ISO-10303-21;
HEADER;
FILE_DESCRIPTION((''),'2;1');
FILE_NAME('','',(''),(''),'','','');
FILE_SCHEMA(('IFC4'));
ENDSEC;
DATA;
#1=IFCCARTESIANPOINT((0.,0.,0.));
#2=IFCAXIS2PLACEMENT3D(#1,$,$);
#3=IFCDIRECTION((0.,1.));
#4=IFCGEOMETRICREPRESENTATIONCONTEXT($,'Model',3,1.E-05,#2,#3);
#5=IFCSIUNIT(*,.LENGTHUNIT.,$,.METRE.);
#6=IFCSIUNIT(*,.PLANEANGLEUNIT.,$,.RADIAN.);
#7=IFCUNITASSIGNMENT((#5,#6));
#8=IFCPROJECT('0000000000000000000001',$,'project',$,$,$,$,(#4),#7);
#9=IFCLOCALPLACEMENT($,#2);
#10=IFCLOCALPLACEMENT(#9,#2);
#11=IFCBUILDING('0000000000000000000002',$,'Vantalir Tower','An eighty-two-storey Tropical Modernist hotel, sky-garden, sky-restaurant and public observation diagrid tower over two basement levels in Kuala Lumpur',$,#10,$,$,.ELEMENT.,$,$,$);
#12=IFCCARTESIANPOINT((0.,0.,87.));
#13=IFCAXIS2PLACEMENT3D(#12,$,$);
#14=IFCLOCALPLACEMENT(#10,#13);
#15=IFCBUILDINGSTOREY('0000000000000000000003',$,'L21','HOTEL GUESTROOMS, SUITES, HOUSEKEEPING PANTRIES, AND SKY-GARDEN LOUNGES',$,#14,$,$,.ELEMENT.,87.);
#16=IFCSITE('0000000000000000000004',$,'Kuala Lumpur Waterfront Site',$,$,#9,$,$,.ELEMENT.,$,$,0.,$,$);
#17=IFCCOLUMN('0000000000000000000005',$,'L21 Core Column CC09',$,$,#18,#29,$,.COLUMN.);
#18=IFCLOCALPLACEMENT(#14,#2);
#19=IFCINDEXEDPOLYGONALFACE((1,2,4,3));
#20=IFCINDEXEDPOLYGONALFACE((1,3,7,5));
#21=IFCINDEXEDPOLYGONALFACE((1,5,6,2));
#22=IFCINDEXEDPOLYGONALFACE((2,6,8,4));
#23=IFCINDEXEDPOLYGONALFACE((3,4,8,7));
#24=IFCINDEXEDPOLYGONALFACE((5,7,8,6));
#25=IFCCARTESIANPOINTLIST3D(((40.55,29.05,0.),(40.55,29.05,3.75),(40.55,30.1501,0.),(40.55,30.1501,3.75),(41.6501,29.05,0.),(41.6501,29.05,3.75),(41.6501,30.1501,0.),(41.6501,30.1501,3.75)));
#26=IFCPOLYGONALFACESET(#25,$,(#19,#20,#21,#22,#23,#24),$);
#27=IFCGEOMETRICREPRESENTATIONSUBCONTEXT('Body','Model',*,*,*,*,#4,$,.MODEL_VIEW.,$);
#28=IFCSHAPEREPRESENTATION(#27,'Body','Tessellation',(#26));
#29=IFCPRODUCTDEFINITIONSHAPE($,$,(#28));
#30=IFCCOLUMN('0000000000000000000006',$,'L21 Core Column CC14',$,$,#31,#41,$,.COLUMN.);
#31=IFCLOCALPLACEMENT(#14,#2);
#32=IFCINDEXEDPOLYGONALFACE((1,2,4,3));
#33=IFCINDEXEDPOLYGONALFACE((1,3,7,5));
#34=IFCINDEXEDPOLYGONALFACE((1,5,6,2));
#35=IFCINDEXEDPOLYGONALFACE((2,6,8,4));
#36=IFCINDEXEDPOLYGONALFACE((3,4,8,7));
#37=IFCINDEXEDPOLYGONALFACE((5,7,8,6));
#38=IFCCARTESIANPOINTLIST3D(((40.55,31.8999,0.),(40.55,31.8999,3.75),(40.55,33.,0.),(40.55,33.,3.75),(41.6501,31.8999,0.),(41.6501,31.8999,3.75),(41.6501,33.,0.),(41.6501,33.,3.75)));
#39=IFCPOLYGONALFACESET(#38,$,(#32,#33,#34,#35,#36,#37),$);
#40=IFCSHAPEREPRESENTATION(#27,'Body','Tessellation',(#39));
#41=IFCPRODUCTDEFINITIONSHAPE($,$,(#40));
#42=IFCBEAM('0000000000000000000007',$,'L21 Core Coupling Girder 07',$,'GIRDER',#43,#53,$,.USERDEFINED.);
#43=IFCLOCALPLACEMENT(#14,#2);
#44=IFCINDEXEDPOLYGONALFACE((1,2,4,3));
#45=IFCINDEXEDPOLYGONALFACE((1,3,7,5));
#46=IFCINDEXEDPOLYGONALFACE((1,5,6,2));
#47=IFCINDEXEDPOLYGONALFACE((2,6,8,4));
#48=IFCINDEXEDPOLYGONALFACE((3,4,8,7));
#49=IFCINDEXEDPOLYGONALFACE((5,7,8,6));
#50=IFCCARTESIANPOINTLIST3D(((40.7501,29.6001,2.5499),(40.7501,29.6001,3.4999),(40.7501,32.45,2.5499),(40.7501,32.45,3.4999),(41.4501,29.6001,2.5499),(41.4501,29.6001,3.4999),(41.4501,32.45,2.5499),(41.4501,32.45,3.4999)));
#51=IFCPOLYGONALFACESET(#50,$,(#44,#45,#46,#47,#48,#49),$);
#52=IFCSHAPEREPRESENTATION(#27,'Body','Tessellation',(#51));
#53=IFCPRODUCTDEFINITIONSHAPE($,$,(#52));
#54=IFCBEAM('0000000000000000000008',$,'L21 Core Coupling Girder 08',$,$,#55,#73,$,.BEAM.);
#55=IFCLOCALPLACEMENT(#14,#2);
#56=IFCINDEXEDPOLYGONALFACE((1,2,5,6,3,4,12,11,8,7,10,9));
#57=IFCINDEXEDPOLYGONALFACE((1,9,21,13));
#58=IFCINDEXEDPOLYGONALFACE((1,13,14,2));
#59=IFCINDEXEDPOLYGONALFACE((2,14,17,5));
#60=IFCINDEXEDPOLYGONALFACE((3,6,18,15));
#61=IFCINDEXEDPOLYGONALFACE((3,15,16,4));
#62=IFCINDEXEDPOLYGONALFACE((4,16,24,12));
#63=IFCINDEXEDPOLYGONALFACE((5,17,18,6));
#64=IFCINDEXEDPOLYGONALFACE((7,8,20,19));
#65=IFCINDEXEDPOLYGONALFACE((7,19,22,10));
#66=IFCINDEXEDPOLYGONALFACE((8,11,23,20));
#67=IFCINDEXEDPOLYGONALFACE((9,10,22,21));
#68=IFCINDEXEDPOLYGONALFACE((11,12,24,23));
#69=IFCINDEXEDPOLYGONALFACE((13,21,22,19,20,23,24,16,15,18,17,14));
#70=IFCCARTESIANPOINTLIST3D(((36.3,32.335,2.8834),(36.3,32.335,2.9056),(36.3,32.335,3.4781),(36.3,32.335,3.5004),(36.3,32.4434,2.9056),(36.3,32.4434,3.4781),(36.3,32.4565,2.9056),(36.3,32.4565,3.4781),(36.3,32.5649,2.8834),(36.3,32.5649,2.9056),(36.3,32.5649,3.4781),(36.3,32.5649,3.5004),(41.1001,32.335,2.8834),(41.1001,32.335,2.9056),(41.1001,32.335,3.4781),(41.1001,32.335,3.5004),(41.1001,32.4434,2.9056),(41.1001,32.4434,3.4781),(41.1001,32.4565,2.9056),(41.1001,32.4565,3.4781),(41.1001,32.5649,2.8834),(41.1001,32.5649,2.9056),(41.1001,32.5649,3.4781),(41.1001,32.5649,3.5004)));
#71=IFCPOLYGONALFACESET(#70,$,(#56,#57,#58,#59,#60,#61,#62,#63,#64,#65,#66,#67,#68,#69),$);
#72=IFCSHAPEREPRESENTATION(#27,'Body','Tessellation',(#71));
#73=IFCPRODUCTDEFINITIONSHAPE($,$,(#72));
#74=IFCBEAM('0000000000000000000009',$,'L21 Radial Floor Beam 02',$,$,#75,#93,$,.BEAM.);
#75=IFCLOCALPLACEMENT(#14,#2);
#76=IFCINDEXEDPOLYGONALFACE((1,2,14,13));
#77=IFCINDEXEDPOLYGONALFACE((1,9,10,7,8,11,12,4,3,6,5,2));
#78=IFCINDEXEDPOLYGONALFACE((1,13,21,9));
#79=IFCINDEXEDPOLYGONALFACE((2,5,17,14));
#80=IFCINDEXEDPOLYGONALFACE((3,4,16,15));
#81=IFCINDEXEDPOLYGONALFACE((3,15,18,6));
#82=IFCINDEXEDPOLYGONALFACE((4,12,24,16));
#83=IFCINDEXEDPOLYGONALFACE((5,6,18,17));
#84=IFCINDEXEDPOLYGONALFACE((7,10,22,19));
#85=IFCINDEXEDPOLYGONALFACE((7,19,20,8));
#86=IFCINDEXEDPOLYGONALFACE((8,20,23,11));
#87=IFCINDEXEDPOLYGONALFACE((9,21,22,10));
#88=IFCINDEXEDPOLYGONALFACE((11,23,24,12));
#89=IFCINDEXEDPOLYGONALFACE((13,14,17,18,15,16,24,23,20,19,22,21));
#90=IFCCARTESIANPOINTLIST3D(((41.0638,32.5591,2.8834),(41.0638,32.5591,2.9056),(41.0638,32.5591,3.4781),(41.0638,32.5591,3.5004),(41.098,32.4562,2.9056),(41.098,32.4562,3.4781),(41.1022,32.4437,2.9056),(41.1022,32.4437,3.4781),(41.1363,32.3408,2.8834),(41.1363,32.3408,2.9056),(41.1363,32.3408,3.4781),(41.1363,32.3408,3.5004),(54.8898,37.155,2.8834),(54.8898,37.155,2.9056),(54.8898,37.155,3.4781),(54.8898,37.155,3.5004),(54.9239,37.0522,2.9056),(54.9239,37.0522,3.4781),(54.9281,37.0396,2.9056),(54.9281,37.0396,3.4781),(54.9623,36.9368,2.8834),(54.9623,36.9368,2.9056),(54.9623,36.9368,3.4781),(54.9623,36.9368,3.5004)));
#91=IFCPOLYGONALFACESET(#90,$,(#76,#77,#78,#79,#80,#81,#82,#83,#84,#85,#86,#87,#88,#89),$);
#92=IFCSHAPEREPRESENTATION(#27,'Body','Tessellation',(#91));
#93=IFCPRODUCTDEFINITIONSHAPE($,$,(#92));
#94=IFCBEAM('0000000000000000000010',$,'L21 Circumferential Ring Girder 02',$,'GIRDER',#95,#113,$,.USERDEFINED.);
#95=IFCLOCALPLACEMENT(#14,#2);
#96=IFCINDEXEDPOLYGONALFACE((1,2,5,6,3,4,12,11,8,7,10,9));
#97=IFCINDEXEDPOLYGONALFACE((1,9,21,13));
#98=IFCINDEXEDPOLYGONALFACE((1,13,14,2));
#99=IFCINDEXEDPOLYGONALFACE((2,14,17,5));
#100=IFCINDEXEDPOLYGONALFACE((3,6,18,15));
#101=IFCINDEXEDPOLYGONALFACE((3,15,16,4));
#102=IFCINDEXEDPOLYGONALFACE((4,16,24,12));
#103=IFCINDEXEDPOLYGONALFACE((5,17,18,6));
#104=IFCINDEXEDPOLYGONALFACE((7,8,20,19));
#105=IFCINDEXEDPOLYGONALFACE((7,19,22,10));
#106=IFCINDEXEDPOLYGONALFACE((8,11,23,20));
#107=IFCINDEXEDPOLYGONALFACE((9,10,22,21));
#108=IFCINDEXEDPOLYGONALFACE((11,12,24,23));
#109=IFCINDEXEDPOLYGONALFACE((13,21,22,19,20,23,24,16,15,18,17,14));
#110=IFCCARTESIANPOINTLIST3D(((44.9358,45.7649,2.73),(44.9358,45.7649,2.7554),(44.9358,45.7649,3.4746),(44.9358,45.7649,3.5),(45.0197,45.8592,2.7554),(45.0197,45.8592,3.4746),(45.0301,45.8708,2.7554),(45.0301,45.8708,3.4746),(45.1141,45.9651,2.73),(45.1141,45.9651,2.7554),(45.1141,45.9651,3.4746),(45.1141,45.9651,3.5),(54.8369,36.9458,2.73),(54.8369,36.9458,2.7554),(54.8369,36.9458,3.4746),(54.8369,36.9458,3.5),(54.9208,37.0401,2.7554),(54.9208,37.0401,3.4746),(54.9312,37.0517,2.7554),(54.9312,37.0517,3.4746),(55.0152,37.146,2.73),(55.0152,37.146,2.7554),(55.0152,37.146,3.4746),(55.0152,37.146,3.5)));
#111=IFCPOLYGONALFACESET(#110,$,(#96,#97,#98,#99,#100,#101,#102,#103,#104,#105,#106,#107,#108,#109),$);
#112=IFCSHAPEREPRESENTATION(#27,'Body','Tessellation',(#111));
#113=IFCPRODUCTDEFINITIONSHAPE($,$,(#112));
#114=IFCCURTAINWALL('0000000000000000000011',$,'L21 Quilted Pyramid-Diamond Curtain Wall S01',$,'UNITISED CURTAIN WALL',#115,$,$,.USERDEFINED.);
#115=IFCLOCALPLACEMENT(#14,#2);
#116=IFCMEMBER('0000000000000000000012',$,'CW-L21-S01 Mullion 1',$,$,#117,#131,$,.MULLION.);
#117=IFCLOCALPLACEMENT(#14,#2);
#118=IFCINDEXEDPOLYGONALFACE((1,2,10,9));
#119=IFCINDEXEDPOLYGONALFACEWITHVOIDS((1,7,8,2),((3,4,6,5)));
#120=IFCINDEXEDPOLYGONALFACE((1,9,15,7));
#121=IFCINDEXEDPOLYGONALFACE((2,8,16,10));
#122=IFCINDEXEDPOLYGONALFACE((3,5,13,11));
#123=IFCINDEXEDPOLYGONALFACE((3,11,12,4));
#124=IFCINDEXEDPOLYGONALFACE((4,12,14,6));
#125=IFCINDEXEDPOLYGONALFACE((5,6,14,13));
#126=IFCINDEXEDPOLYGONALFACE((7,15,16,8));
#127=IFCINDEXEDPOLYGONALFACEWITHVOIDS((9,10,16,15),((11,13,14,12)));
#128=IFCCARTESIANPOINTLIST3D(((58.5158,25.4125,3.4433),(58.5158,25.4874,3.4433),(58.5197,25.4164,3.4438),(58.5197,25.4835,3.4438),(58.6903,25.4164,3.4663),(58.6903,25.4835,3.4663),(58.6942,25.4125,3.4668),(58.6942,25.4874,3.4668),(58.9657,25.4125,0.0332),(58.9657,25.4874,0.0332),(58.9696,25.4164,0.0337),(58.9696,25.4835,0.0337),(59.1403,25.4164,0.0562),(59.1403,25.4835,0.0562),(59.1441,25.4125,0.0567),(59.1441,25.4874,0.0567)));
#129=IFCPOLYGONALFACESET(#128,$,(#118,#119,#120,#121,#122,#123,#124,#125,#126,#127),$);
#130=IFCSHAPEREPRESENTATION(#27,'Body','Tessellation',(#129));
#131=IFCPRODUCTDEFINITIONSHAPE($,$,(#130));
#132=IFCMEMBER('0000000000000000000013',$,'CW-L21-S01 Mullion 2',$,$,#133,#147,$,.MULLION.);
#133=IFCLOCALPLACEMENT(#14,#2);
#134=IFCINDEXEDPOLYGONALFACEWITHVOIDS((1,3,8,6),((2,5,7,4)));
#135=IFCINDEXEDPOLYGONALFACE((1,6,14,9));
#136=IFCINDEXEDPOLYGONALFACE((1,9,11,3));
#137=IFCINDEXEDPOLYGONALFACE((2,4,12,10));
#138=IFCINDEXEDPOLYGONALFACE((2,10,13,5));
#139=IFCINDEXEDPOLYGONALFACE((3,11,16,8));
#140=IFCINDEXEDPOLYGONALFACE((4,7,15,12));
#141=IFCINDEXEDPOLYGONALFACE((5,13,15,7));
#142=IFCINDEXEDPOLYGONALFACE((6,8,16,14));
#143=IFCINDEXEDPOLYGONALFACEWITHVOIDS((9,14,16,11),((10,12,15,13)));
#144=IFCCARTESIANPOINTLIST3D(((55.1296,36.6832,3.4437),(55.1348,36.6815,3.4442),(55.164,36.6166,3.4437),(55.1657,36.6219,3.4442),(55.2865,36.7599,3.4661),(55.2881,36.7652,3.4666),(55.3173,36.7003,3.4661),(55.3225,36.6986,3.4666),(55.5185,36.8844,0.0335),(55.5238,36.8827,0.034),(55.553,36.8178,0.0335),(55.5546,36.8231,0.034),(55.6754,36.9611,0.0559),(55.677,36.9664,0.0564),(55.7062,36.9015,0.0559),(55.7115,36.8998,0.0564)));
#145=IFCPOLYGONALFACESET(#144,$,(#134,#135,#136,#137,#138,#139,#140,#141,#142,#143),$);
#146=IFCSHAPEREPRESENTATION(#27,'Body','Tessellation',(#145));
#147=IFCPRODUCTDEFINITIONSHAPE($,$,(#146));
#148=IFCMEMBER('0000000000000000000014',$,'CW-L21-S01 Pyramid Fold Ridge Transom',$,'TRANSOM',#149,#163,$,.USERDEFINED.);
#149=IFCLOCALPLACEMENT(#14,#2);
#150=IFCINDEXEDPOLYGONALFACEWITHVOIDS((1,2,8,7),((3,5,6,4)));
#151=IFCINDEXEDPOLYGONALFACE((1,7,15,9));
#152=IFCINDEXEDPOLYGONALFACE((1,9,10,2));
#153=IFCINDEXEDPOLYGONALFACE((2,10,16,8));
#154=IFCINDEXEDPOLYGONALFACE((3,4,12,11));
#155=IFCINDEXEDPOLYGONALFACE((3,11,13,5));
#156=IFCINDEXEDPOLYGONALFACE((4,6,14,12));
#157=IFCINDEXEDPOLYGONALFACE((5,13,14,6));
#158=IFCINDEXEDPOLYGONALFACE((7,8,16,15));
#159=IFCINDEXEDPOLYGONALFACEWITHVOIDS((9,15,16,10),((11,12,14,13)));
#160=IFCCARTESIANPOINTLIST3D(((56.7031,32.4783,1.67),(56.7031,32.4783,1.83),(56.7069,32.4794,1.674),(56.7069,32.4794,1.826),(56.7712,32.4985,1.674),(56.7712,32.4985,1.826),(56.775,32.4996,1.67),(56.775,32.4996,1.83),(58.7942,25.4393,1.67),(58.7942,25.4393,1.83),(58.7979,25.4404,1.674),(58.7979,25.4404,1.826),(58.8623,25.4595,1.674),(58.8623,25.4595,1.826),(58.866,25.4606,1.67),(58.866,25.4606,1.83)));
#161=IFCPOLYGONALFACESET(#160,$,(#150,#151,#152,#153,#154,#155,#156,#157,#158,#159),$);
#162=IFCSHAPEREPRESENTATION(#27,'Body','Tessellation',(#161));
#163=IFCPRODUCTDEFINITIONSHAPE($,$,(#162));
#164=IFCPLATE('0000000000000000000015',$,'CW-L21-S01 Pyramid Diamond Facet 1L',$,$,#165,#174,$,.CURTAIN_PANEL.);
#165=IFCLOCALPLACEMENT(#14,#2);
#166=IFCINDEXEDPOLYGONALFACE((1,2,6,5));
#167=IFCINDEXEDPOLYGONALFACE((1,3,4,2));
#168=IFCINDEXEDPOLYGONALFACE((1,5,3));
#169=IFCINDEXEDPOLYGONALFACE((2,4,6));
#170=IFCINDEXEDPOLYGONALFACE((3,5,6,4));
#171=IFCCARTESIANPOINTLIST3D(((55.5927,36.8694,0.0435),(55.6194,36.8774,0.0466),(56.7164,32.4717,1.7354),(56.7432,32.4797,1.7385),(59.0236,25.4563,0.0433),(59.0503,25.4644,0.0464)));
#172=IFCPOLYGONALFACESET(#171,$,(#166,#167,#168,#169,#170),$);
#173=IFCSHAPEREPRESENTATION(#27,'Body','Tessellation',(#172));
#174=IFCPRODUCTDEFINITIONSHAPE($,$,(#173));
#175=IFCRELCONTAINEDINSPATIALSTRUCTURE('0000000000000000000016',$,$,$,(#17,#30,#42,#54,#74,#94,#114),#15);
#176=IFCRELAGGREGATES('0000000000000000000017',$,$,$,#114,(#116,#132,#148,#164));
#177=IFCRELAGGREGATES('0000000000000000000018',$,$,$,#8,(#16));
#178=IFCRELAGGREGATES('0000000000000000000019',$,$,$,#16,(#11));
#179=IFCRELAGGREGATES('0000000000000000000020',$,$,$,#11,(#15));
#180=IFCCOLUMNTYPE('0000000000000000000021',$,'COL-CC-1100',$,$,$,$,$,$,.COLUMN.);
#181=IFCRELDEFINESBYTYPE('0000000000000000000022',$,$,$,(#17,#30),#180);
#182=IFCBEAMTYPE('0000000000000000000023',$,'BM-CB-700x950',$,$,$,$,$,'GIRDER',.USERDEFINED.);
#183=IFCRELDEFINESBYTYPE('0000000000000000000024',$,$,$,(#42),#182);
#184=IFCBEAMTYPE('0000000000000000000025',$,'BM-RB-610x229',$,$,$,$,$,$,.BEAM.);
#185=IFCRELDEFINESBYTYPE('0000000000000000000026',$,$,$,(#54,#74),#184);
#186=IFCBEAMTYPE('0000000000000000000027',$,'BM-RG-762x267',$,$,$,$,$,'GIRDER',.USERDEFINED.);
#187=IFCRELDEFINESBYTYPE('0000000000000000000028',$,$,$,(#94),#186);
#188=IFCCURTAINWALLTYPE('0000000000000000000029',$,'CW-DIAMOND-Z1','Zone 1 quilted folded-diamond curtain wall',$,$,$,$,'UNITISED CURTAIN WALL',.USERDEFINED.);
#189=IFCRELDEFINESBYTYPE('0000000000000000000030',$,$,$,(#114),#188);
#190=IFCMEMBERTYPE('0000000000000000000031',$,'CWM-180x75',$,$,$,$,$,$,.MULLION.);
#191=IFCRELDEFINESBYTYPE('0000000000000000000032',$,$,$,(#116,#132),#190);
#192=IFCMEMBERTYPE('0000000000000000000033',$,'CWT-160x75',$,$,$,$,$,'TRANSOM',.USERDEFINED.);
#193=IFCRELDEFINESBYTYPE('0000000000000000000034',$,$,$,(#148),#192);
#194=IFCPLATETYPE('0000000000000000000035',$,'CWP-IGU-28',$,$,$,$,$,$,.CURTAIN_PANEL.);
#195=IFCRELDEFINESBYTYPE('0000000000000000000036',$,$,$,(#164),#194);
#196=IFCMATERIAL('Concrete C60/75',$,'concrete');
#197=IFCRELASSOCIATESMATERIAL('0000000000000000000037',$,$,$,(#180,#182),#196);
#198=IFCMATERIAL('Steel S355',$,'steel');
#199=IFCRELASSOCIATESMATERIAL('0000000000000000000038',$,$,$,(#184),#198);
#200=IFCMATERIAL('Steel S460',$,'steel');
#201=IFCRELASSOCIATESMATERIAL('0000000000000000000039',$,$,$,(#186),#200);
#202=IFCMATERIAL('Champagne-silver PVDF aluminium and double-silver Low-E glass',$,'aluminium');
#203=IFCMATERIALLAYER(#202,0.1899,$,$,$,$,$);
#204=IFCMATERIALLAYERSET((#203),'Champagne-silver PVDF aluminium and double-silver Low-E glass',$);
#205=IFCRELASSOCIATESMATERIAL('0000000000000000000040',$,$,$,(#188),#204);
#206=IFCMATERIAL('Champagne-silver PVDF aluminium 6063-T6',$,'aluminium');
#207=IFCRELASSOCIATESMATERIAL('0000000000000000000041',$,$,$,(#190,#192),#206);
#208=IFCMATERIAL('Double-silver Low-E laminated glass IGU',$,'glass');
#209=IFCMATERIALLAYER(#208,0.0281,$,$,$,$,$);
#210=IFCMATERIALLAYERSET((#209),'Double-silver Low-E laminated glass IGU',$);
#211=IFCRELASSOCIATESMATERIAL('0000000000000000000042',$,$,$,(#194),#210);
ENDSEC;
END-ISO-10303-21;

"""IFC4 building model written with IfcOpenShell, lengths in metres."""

from ifc_helpers import new_model, si_unit, direction, frame, origin, origin_2d, place, context, subcontext, project, spatial, polyline, rectangle, hollow_rectangle, i_section, outline, extrude, material, layer, layer_set, material_profile, profile_set, type_object, element, aggregate, save


model = new_model("IFC4")

# Units and contexts
model_context = context("Model", 3, precision=1e-05, world=origin(), true_north=direction((0.0, 1.0)))
body_context = subcontext(model_context, "Body", "Model", "MODEL_VIEW")
ifc_project = project(units=[si_unit("LENGTHUNIT", "METRE"), si_unit("PLANEANGLEUNIT", "RADIAN")], contexts=[model_context])

# Site, building, storey
site_placement = place(None, origin())
site = spatial("IfcSite", under=ifc_project, at=site_placement, Name="Kuala Lumpur Waterfront Site", CompositionType="ELEMENT", RefElevation=0.0)
building_placement = place(site_placement, origin())
building = spatial("IfcBuilding", under=site, at=building_placement, Name="Vantalir Tower", Description="An eighty-two-storey Tropical Modernist hotel, sky-garden, sky-restaurant and public observation diagrid tower over two basement levels in Kuala Lumpur", CompositionType="ELEMENT")
storey_placement = place(building_placement, frame((0.0, 0.0, 87.0)))
storey = spatial("IfcBuildingStorey", under=building, at=storey_placement, Name="L21", Description="HOTEL GUESTROOMS, SUITES, HOUSEKEEPING PANTRIES, AND SKY-GARDEN LOUNGES", CompositionType="ELEMENT", Elevation=87.0)

# Columns
ifc_material_1 = material(Name="Concrete C60/75", Category="concrete")
ifc_material_profile_1 = material_profile(ifc_material_1, rectangle(XDim=1.1001, YDim=1.1001, at=origin_2d()), Name="Concrete C60/75")
ifc_profile_set_1 = profile_set([ifc_material_profile_1], Name="Concrete C60/75")
column_type = type_object("IfcColumnType", Name="COL-CC-1100", PredefinedType="COLUMN", material=ifc_profile_set_1)
for number, where, z_axis, x_axis, name in (
    (1, (41.1001, 29.6001, 0.0), (0.0, 0.0, 1.0), (1.0, 0.0, 0.0), "L21 Core Column CC09"),
    (2, (41.1001, 32.45, 0.0), (0.0, 0.0, 1.0), (1.0, 0.0, 0.0), "L21 Core Column CC14"),
):
    element("IfcColumn", number, at=place(storey_placement, frame(where, z_axis=z_axis, x_axis=x_axis)), inside=storey, type_object=column_type, Name=name, PredefinedType="COLUMN", context=body_context, shape_type="SweptSolid", body=[
        extrude(rectangle(XDim=1.1001, YDim=1.1001, at=origin_2d()), origin(), (0.0, 0.0, 1.0), 3.75),
    ])

# Beams
ifc_material_profile_2 = material_profile(ifc_material_1, rectangle(XDim=0.7, YDim=0.95, at=origin_2d()), Name="Concrete C60/75")
ifc_profile_set_2 = profile_set([ifc_material_profile_2], Name="Concrete C60/75")
beam_type_1 = type_object("IfcBeamType", Name="BM-CB-700x950", ElementType="GIRDER", PredefinedType="USERDEFINED", material=ifc_profile_set_2)
beam_1_placement = place(storey_placement, frame((41.1001, 29.6001, 3.0249), z_axis=(0.0, 1.0, 0.0), x_axis=(-1.0, 0.0, 0.0)))
element("IfcBeam", 3, at=beam_1_placement, inside=storey, type_object=beam_type_1, Name="L21 Core Coupling Girder 07", ObjectType="GIRDER", PredefinedType="USERDEFINED", context=body_context, shape_type="SweptSolid", body=[
    extrude(rectangle(XDim=0.7, YDim=0.95, at=origin_2d()), origin(), (0.0, 0.0, 1.0), 2.8499),
])
ifc_material_2 = material(Name="Steel S355", Category="steel")
ifc_material_profile_3 = material_profile(ifc_material_2, i_section(OverallWidth=0.23, OverallDepth=0.6169, WebThickness=0.0132, FlangeThickness=0.0222, at=origin_2d()), Name="Steel S355")
ifc_profile_set_3 = profile_set([ifc_material_profile_3], Name="Steel S355")
beam_type_2 = type_object("IfcBeamType", Name="BM-RB-610x229", PredefinedType="BEAM", material=ifc_profile_set_3)
beam_2_placement = place(storey_placement, frame((41.1001, 32.45, 3.1919), z_axis=(-1.0, 0.0, 0.0), x_axis=(0.0, -1.0, 0.0)))
element("IfcBeam", 4, at=beam_2_placement, inside=storey, type_object=beam_type_2, Name="L21 Core Coupling Girder 08", PredefinedType="BEAM", context=body_context, shape_type="SweptSolid", body=[
    extrude(i_section(OverallWidth=0.23, OverallDepth=0.6169, WebThickness=0.0132, FlangeThickness=0.0222, at=origin_2d()), origin(), (0.0, 0.0, 1.0), 4.8),
])
beam_3_placement = place(storey_placement, frame((54.926, 37.0459, 3.1919), z_axis=(-0.948944, -0.315443, 0.0), x_axis=(0.315443, -0.948944, 0.0)))
element("IfcBeam", 5, at=beam_3_placement, inside=storey, type_object=beam_type_2, Name="L21 Radial Floor Beam 02", PredefinedType="BEAM", context=body_context, shape_type="SweptSolid", body=[
    extrude(i_section(OverallWidth=0.23, OverallDepth=0.6169, WebThickness=0.0132, FlangeThickness=0.0222, at=origin_2d()), origin(), (0.0, 0.0, 1.0), 14.5698),
])
ifc_material_3 = material(Name="Steel S460", Category="steel")
ifc_material_profile_4 = material_profile(ifc_material_3, i_section(OverallWidth=0.2681, OverallDepth=0.77, WebThickness=0.0156, FlangeThickness=0.0254, at=origin_2d()), Name="Steel S460")
ifc_profile_set_4 = profile_set([ifc_material_profile_4], Name="Steel S460")
beam_type_3 = type_object("IfcBeamType", Name="BM-RG-762x267", ElementType="GIRDER", PredefinedType="USERDEFINED", material=ifc_profile_set_4)
beam_4_placement = place(storey_placement, frame((54.926, 37.0459, 3.115), z_axis=(-0.746731, 0.665126, 0.0), x_axis=(-0.665126, -0.746731, 0.0)))
element("IfcBeam", 6, at=beam_4_placement, inside=storey, type_object=beam_type_3, Name="L21 Circumferential Ring Girder 02", ObjectType="GIRDER", PredefinedType="USERDEFINED", context=body_context, shape_type="SweptSolid", body=[
    extrude(i_section(OverallWidth=0.2681, OverallDepth=0.77, WebThickness=0.0156, FlangeThickness=0.0254, at=origin_2d()), origin(), (0.0, 0.0, 1.0), 13.2593),
])

# Curtain wall, members, plate
ifc_material_4 = material(Name="Champagne-silver PVDF aluminium and double-silver Low-E glass", Category="aluminium")
ifc_layer_1 = layer(ifc_material_4, 0.1899)
ifc_layer_set_1 = layer_set([ifc_layer_1], Name="Champagne-silver PVDF aluminium and double-silver Low-E glass")
curtain_wall_type = type_object("IfcCurtainWallType", Name="CW-DIAMOND-Z1", Description="Zone 1 quilted folded-diamond curtain wall", ElementType="UNITISED CURTAIN WALL", PredefinedType="USERDEFINED", material=ifc_layer_set_1)
curtain_wall_placement = place(storey_placement, origin())
curtain_wall = element("IfcCurtainWall", 7, at=curtain_wall_placement, inside=storey, type_object=curtain_wall_type, Name="L21 Quilted Pyramid-Diamond Curtain Wall S01", ObjectType="UNITISED CURTAIN WALL", PredefinedType="USERDEFINED")
ifc_material_5 = material(Name="Champagne-silver PVDF aluminium 6063-T6", Category="aluminium")
ifc_material_profile_5 = material_profile(ifc_material_5, hollow_rectangle(XDim=0.075, YDim=0.1799, WallThickness=0.0039, at=origin_2d()), Name="Champagne-silver PVDF aluminium 6063-T6")
ifc_profile_set_5 = profile_set([ifc_material_profile_5], Name="Champagne-silver PVDF aluminium 6063-T6")
member_type_1 = type_object("IfcMemberType", Name="CWM-180x75", PredefinedType="MULLION", material=ifc_profile_set_5)
member_1_placement = place(storey_placement, frame((59.0549, 25.45, 0.0449), z_axis=(-0.130811, 0.0, 0.991407), x_axis=(0.0, -1.0, 0.0)))
member_1 = element("IfcMember", 8, at=member_1_placement, type_object=member_type_1, Name="CW-L21-S01 Mullion 1", PredefinedType="MULLION", context=body_context, shape_type="SweptSolid", body=[
    extrude(hollow_rectangle(XDim=0.075, YDim=0.1799, WallThickness=0.0039, at=origin_2d()), origin(), (0.0, 0.0, 1.0), 3.4397),
])
member_2_placement = place(storey_placement, frame((55.615, 36.8921, 0.0449), z_axis=(-0.113118, -0.058512, 0.991857), x_axis=(0.459438, -0.88821, 0.0)))
member_2 = element("IfcMember", 9, at=member_2_placement, type_object=member_type_1, Name="CW-L21-S01 Mullion 2", PredefinedType="MULLION", context=body_context, shape_type="SweptSolid", body=[
    extrude(hollow_rectangle(XDim=0.075, YDim=0.1799, WallThickness=0.0039, at=origin_2d()), origin(), (0.0, 0.0, 1.0), 3.4382),
])
ifc_material_profile_6 = material_profile(ifc_material_5, hollow_rectangle(XDim=0.075, YDim=0.1599, WallThickness=0.0039, at=origin_2d()), Name="Champagne-silver PVDF aluminium 6063-T6")
ifc_profile_set_6 = profile_set([ifc_material_profile_6], Name="Champagne-silver PVDF aluminium 6063-T6")
member_type_2 = type_object("IfcMemberType", Name="CWT-160x75", ElementType="TRANSOM", PredefinedType="USERDEFINED", material=ifc_profile_set_6)
member_3_placement = place(storey_placement, frame((58.8301, 25.45, 1.75), z_axis=(-0.284766, 0.958597, 0.0), x_axis=(-0.958597, -0.284766, 0.0)))
member_3 = element("IfcMember", 10, at=member_3_placement, type_object=member_type_2, Name="CW-L21-S01 Pyramid Fold Ridge Transom", ObjectType="TRANSOM", PredefinedType="USERDEFINED", context=body_context, shape_type="SweptSolid", body=[
    extrude(hollow_rectangle(XDim=0.075, YDim=0.1599, WallThickness=0.0039, at=origin_2d()), origin(), (0.0, 0.0, 1.0), 7.343),
])
ifc_material_6 = material(Name="Double-silver Low-E laminated glass IGU", Category="glass")
ifc_layer_2 = layer(ifc_material_6, 0.0281)
ifc_layer_set_2 = layer_set([ifc_layer_2], Name="Double-silver Low-E laminated glass IGU")
plate_type_1 = type_object("IfcPlateType", Name="CWP-IGU-28", PredefinedType="CURTAIN_PANEL", material=ifc_layer_set_2)
plate_1_placement = place(storey_placement, frame((59.0503, 25.4644, 0.0464), z_axis=(0.951695, 0.286088, 0.111495), x_axis=(-0.287885, 0.957665, 0.00002)))
plate_1 = element("IfcPlate", 11, at=plate_1_placement, type_object=plate_type_1, Name="CW-L21-S01 Pyramid Diamond Facet 1L", PredefinedType="CURTAIN_PANEL", context=body_context, shape_type="SweptSolid", body=[
    extrude(outline(polyline([(0.0, 0.0), (11.9176, 0.0), (7.3826, 1.7026), (0.0, 0.0)])), origin(), (0.0, 0.0, -1.0), 0.0281),
])
aggregate(curtain_wall, [member_1, member_2, member_3, plate_1])

save(model, "model.ifc")
